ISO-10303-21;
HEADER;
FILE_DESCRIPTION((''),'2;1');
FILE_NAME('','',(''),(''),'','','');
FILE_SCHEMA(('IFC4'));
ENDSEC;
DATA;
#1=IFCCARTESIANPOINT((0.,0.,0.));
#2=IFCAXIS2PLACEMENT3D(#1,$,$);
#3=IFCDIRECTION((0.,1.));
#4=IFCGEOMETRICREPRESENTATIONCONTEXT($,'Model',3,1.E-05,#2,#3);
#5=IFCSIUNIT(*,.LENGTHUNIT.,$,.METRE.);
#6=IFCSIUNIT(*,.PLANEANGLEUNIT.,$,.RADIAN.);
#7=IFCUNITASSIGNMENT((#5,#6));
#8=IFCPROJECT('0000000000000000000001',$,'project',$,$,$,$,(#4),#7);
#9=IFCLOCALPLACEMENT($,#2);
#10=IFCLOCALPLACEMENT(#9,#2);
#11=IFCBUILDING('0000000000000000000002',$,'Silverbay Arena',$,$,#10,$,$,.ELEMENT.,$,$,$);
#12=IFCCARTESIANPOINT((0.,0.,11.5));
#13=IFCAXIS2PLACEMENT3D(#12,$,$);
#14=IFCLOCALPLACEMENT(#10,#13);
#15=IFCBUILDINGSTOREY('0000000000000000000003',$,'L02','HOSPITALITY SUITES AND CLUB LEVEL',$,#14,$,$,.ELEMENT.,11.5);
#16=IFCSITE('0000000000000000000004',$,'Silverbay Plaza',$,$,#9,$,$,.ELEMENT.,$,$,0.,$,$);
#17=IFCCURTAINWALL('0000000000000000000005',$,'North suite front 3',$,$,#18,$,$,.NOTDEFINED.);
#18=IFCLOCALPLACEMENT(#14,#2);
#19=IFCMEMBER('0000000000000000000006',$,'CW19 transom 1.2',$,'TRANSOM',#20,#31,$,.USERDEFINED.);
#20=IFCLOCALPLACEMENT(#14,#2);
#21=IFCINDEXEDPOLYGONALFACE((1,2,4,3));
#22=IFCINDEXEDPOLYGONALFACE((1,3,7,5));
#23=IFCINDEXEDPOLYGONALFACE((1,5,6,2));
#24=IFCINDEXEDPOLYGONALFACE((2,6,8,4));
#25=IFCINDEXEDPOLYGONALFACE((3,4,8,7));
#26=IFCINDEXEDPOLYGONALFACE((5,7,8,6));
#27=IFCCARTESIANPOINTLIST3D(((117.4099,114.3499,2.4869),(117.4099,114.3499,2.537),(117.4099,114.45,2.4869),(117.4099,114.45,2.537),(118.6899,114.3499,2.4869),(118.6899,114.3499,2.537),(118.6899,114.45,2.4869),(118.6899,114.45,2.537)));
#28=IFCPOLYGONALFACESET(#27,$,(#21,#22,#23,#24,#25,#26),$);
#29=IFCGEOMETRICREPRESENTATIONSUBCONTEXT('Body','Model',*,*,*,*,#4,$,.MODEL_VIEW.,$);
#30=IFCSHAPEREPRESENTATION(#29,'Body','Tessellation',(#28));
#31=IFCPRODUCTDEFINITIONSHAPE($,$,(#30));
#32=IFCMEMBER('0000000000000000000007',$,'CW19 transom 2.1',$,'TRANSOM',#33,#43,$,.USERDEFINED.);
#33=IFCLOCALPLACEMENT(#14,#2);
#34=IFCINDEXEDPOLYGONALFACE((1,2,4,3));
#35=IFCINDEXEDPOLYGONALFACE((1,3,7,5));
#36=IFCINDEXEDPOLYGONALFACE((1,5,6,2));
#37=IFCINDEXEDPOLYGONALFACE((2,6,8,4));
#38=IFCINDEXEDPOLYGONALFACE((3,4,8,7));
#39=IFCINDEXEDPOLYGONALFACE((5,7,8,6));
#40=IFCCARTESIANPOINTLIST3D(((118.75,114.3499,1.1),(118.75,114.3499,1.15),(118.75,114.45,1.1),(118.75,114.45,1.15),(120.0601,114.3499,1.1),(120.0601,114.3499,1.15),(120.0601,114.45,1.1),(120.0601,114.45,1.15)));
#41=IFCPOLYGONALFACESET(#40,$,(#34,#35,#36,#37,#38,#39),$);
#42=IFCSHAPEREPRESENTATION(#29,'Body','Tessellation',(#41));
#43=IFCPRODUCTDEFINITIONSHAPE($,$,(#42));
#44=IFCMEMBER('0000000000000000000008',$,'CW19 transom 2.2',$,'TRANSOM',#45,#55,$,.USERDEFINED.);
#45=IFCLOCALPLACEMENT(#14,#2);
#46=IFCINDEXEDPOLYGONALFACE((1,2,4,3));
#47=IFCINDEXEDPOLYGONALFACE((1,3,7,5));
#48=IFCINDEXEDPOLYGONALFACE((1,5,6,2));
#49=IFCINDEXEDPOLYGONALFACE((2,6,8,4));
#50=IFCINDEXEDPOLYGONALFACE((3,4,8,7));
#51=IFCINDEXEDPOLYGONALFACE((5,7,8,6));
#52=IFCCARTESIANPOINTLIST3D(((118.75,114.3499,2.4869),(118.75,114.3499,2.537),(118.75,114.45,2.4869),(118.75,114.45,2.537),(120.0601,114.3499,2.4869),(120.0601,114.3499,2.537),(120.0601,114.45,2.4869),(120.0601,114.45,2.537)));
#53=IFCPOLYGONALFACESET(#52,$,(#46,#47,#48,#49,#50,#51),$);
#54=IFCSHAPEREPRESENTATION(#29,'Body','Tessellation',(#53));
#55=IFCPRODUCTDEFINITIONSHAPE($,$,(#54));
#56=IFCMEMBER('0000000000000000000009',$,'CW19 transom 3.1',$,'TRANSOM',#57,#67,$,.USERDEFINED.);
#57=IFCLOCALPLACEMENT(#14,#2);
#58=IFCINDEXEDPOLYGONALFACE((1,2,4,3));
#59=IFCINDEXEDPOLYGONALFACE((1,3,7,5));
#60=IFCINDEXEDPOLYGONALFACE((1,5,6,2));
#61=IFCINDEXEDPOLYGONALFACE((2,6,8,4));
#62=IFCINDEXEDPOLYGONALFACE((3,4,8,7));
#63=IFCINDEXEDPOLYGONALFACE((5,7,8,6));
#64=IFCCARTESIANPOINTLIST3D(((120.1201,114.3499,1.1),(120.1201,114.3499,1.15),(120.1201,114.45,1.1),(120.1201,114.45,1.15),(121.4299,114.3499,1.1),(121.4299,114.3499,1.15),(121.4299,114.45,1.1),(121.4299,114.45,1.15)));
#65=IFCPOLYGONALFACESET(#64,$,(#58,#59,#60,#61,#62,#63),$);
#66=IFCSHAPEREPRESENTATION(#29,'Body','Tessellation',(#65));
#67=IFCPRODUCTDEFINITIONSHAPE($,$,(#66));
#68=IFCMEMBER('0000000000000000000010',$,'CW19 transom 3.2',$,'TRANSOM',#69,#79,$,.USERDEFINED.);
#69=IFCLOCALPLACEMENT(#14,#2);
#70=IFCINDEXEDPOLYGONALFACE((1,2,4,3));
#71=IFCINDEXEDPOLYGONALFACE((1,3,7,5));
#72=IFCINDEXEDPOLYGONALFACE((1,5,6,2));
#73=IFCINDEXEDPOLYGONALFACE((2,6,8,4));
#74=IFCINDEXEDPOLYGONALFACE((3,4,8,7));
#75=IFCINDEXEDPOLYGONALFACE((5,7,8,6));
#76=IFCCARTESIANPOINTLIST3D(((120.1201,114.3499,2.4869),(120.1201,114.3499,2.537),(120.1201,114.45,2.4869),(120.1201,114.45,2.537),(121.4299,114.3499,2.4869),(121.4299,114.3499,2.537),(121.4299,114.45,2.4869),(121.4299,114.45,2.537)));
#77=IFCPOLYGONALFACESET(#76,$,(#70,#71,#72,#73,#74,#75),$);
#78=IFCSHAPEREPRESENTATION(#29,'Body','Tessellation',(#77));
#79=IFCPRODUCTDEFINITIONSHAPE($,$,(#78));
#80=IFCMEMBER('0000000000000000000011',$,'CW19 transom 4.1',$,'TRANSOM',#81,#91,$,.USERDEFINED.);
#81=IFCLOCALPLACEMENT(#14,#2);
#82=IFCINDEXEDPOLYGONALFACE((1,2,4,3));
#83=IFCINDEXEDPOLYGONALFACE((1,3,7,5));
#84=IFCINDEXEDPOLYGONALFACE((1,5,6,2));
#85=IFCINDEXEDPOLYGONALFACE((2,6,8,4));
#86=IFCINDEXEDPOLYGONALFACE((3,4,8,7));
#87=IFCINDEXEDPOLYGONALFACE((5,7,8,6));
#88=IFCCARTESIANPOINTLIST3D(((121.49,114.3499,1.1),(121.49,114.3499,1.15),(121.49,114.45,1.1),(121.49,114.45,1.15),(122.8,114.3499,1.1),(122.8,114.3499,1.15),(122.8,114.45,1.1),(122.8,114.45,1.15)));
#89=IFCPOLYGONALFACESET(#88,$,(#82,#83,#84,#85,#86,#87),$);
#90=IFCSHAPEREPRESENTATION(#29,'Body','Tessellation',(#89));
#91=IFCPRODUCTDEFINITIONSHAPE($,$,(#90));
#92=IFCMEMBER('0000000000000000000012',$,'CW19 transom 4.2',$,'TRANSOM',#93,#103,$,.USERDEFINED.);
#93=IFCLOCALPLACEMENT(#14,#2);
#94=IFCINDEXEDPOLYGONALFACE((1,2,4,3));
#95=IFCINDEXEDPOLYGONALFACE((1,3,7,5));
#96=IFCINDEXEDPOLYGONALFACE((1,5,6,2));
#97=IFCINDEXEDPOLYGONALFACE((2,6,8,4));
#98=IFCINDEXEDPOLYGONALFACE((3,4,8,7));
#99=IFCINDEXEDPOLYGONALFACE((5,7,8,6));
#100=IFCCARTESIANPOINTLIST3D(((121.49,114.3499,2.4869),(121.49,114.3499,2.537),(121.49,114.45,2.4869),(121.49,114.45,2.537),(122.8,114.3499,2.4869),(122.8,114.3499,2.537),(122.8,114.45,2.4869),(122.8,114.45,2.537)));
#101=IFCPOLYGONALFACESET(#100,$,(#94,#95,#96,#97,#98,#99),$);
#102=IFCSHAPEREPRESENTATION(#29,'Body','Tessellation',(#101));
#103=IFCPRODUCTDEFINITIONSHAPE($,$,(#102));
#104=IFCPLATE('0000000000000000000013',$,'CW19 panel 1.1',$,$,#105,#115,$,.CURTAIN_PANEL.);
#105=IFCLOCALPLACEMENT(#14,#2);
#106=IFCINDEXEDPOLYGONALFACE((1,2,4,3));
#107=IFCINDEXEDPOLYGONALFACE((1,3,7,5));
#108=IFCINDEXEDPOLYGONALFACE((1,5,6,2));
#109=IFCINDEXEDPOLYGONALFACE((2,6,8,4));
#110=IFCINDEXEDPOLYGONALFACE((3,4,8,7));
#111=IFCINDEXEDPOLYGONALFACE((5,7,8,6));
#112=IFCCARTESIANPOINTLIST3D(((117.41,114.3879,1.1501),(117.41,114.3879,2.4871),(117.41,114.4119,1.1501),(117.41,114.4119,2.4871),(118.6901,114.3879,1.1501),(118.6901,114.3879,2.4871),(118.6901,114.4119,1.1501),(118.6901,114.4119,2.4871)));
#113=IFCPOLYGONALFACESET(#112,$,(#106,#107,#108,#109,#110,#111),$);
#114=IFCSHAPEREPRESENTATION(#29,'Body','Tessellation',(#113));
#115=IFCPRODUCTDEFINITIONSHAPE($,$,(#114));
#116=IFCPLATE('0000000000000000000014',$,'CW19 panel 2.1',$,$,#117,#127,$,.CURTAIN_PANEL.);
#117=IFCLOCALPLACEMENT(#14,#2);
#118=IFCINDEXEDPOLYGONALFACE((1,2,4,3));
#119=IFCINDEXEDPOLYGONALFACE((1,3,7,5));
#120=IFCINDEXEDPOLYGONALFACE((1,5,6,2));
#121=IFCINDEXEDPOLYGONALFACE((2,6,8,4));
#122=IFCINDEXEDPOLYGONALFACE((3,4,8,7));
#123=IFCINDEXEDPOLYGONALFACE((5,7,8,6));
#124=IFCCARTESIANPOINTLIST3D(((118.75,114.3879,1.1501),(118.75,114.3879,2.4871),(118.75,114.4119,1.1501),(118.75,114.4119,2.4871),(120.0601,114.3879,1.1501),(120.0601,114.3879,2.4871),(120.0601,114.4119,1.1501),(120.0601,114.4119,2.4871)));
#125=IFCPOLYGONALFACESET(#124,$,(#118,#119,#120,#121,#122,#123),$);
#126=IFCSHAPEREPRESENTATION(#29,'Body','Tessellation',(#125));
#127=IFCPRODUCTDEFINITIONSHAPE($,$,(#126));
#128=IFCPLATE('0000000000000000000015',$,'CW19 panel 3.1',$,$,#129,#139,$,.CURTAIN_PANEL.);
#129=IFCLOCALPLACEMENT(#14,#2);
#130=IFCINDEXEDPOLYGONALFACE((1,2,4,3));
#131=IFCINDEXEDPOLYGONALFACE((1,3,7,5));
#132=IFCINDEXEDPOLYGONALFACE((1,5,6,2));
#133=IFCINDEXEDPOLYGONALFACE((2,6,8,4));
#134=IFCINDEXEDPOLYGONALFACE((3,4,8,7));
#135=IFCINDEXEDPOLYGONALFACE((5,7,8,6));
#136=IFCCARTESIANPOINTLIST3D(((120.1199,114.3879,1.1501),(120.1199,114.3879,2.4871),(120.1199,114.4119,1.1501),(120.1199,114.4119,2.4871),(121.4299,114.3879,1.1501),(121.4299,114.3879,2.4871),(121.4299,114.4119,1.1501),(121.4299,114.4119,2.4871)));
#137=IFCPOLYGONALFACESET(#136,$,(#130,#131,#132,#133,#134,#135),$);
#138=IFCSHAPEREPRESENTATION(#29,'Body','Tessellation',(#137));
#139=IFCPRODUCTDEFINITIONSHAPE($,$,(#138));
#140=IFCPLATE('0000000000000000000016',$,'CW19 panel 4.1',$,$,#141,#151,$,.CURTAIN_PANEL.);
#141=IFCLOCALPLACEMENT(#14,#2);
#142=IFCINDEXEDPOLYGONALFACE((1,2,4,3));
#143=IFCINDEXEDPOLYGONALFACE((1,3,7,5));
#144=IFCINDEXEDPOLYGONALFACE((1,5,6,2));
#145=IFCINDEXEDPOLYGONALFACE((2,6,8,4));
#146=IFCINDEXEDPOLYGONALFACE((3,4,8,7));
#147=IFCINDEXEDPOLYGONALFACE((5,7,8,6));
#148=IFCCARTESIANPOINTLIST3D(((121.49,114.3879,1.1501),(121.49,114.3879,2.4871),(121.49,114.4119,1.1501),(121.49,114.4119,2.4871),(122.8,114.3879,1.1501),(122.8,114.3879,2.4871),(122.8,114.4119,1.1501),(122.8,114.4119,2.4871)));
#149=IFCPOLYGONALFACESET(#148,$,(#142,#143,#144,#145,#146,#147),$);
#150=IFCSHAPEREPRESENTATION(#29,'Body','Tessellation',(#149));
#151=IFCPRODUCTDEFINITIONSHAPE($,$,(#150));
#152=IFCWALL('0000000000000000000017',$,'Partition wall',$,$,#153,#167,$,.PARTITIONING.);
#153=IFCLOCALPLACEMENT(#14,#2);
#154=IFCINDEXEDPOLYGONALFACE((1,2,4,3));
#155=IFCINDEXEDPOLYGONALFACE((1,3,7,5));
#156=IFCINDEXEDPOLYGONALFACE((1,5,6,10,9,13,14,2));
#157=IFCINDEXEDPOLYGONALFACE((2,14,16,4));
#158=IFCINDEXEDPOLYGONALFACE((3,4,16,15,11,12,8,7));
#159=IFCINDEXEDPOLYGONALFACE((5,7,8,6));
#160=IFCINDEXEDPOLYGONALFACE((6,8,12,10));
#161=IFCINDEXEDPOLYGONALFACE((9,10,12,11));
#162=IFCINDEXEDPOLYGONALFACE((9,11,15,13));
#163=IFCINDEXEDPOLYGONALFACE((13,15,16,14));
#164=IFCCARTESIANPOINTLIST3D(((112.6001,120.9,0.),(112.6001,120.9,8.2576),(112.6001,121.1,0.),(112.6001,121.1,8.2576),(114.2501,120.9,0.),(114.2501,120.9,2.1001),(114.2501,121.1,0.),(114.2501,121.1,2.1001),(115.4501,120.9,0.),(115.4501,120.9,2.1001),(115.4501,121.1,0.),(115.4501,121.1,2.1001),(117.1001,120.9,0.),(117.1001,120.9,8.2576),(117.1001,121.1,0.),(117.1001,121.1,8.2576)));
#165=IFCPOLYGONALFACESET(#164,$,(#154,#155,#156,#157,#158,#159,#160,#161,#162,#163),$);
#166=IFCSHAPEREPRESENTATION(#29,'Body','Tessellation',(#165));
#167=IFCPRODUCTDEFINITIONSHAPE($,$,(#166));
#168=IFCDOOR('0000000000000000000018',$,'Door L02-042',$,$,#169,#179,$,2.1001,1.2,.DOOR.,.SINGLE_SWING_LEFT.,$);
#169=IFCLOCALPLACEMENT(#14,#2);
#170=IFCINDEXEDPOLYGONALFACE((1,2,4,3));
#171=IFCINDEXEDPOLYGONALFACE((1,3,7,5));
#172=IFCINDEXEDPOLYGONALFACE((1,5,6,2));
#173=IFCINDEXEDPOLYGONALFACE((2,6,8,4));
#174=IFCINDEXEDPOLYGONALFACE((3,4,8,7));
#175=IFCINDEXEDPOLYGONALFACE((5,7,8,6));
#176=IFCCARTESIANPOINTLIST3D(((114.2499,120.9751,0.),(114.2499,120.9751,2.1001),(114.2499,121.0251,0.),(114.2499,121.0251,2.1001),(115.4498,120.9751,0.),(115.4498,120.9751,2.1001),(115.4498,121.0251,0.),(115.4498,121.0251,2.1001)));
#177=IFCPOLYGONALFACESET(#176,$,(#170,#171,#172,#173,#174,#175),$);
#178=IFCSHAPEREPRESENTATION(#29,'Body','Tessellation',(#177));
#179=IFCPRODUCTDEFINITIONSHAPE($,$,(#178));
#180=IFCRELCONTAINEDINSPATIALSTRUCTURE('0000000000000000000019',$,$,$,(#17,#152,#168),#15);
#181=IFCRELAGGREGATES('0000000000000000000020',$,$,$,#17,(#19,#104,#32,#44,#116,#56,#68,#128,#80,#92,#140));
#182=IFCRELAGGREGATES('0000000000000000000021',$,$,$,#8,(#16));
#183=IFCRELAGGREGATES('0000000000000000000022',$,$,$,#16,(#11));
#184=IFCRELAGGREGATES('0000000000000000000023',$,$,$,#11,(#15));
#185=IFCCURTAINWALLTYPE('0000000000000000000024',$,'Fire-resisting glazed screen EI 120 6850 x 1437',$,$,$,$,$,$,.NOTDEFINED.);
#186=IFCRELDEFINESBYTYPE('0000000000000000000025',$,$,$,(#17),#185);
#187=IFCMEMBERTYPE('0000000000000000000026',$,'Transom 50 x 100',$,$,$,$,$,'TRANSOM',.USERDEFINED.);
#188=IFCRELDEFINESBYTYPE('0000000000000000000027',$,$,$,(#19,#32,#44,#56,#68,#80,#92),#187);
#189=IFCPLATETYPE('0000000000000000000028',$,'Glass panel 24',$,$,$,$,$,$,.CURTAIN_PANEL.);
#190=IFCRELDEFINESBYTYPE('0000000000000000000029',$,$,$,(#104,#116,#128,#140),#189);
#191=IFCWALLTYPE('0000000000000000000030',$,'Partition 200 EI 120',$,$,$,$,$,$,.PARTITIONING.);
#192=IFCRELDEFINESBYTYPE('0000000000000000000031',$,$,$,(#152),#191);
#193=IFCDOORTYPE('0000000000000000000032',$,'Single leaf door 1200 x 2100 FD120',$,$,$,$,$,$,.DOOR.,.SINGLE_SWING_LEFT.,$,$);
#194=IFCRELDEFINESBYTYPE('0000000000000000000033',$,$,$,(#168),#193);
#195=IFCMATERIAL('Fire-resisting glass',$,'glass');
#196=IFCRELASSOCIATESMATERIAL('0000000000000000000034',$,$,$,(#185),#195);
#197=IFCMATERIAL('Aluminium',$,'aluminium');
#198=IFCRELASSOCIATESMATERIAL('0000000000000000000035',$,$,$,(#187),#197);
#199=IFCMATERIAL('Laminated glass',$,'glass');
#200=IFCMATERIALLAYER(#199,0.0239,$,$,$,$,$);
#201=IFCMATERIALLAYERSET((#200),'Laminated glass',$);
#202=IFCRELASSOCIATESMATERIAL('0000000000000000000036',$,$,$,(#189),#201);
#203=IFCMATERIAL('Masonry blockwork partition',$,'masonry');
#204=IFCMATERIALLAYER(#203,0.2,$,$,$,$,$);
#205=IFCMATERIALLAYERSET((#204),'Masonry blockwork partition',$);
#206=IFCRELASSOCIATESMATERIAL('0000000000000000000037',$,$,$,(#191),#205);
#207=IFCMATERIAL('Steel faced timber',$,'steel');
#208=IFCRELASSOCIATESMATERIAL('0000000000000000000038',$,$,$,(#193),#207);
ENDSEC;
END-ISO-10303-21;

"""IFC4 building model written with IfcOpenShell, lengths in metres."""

from ifc_helpers import new_model, si_unit, direction, frame, frame_2d, origin, origin_2d, place, context, subcontext, project, spatial, rectangle, extrude, material, layer, layer_set, material_profile, profile_set, type_object, element, fill, aggregate, save


model = new_model("IFC4")

# Units and contexts
model_context = context("Model", 3, precision=1e-05, world=origin(), true_north=direction((0.0, 1.0)))
body_context = subcontext(model_context, "Body", "Model", "MODEL_VIEW")
ifc_project = project(units=[si_unit("LENGTHUNIT", "METRE"), si_unit("PLANEANGLEUNIT", "RADIAN")], contexts=[model_context])

# Site, building, storey
site_placement = place(None, origin())
site = spatial("IfcSite", under=ifc_project, at=site_placement, Name="Silverbay Plaza", CompositionType="ELEMENT", RefElevation=0.0)
building_placement = place(site_placement, origin())
building = spatial("IfcBuilding", under=site, at=building_placement, Name="Silverbay Arena", CompositionType="ELEMENT")
storey_placement = place(building_placement, frame((0.0, 0.0, 11.5)))
storey = spatial("IfcBuildingStorey", under=building, at=storey_placement, Name="L02", Description="HOSPITALITY SUITES AND CLUB LEVEL", CompositionType="ELEMENT", Elevation=11.5)

# Curtain wall
ifc_material_1 = material(Name="Fire-resisting glass", Category="glass")
curtain_wall_type = type_object("IfcCurtainWallType", Name="Fire-resisting glazed screen EI 120 6850 x 1437", PredefinedType="NOTDEFINED", material=ifc_material_1)
curtain_wall_placement = place(storey_placement, origin())
curtain_wall = element("IfcCurtainWall", 1, at=curtain_wall_placement, inside=storey, type_object=curtain_wall_type, Name="North suite front 3", PredefinedType="NOTDEFINED")

# Members
ifc_material_2 = material(Name="Aluminium", Category="aluminium")
ifc_material_profile_1 = material_profile(ifc_material_2, rectangle(XDim=0.1001, YDim=0.05, at=origin_2d()), Name="Transom 50 x 100")
ifc_profile_set_1 = profile_set([ifc_material_profile_1], Name="Aluminium")
member_type_1 = type_object("IfcMemberType", Name="Transom 50 x 100", ElementType="TRANSOM", PredefinedType="USERDEFINED", material=ifc_profile_set_1)
member_1_placement = place(storey_placement, frame((117.4099, 114.3999, 2.512), z_axis=(1.0, 0.0, 0.0), x_axis=(0.0, 1.0, 0.0)))
member_1 = element("IfcMember", 2, at=member_1_placement, type_object=member_type_1, Name="CW19 transom 1.2", ObjectType="TRANSOM", PredefinedType="USERDEFINED", context=body_context, shape_type="SweptSolid", body=[
    extrude(rectangle(XDim=0.1001, YDim=0.05, at=origin_2d()), origin(), (0.0, 0.0, 1.0), 1.28),
])
member_2_placement = place(storey_placement, frame((118.75, 114.3999, 1.125), z_axis=(1.0, 0.0, 0.0), x_axis=(0.0, 1.0, 0.0)))
member_2 = element("IfcMember", 3, at=member_2_placement, type_object=member_type_1, Name="CW19 transom 2.1", ObjectType="TRANSOM", PredefinedType="USERDEFINED", context=body_context, shape_type="SweptSolid", body=[
    extrude(rectangle(XDim=0.1001, YDim=0.05, at=origin_2d()), origin(), (0.0, 0.0, 1.0), 1.3101),
])
member_3_placement = place(storey_placement, frame((118.75, 114.3999, 2.512), z_axis=(1.0, 0.0, 0.0), x_axis=(0.0, 1.0, 0.0)))
member_3 = element("IfcMember", 4, at=member_3_placement, type_object=member_type_1, Name="CW19 transom 2.2", ObjectType="TRANSOM", PredefinedType="USERDEFINED", context=body_context, shape_type="SweptSolid", body=[
    extrude(rectangle(XDim=0.1001, YDim=0.05, at=origin_2d()), origin(), (0.0, 0.0, 1.0), 1.3101),
])
member_4_placement = place(storey_placement, frame((120.1201, 114.3999, 1.125), z_axis=(1.0, 0.0, 0.0), x_axis=(0.0, 1.0, 0.0)))
member_4 = element("IfcMember", 5, at=member_4_placement, type_object=member_type_1, Name="CW19 transom 3.1", ObjectType="TRANSOM", PredefinedType="USERDEFINED", context=body_context, shape_type="SweptSolid", body=[
    extrude(rectangle(XDim=0.1001, YDim=0.05, at=origin_2d()), origin(), (0.0, 0.0, 1.0), 1.3098),
])
member_5_placement = place(storey_placement, frame((120.1201, 114.3999, 2.512), z_axis=(1.0, 0.0, 0.0), x_axis=(0.0, 1.0, 0.0)))
member_5 = element("IfcMember", 6, at=member_5_placement, type_object=member_type_1, Name="CW19 transom 3.2", ObjectType="TRANSOM", PredefinedType="USERDEFINED", context=body_context, shape_type="SweptSolid", body=[
    extrude(rectangle(XDim=0.1001, YDim=0.05, at=origin_2d()), origin(), (0.0, 0.0, 1.0), 1.3098),
])
member_6_placement = place(storey_placement, frame((121.49, 114.3999, 1.125), z_axis=(1.0, 0.0, 0.0), x_axis=(0.0, 1.0, 0.0)))
member_6 = element("IfcMember", 7, at=member_6_placement, type_object=member_type_1, Name="CW19 transom 4.1", ObjectType="TRANSOM", PredefinedType="USERDEFINED", context=body_context, shape_type="SweptSolid", body=[
    extrude(rectangle(XDim=0.1001, YDim=0.05, at=origin_2d()), origin(), (0.0, 0.0, 1.0), 1.3101),
])
member_7_placement = place(storey_placement, frame((121.49, 114.3999, 2.512), z_axis=(1.0, 0.0, 0.0), x_axis=(0.0, 1.0, 0.0)))
member_7 = element("IfcMember", 8, at=member_7_placement, type_object=member_type_1, Name="CW19 transom 4.2", ObjectType="TRANSOM", PredefinedType="USERDEFINED", context=body_context, shape_type="SweptSolid", body=[
    extrude(rectangle(XDim=0.1001, YDim=0.05, at=origin_2d()), origin(), (0.0, 0.0, 1.0), 1.3101),
])

# Plates
ifc_material_3 = material(Name="Laminated glass", Category="glass")
ifc_layer_1 = layer(ifc_material_3, 0.0239)
ifc_layer_set_1 = layer_set([ifc_layer_1], Name="Laminated glass")
plate_type = type_object("IfcPlateType", Name="Glass panel 24", PredefinedType="CURTAIN_PANEL", material=ifc_layer_set_1)
plate_1_placement = place(storey_placement, frame((118.05, 114.3999, 1.1501), z_axis=(0.0, 0.0, 1.0), x_axis=(1.0, 0.0, 0.0)))
plate_1 = element("IfcPlate", 9, at=plate_1_placement, type_object=plate_type, Name="CW19 panel 1.1", PredefinedType="CURTAIN_PANEL", context=body_context, shape_type="SweptSolid", body=[
    extrude(rectangle(XDim=1.28, YDim=0.0239, at=origin_2d()), origin(), (0.0, 0.0, 1.0), 1.3369),
])
plate_2_placement = place(storey_placement, frame((119.405, 114.3999, 1.1501), z_axis=(0.0, 0.0, 1.0), x_axis=(1.0, 0.0, 0.0)))
plate_2 = element("IfcPlate", 10, at=plate_2_placement, type_object=plate_type, Name="CW19 panel 2.1", PredefinedType="CURTAIN_PANEL", context=body_context, shape_type="SweptSolid", body=[
    extrude(rectangle(XDim=1.3101, YDim=0.0239, at=origin_2d()), origin(), (0.0, 0.0, 1.0), 1.3369),
])
plate_3_placement = place(storey_placement, frame((120.7749, 114.3999, 1.1501), z_axis=(0.0, 0.0, 1.0), x_axis=(1.0, 0.0, 0.0)))
plate_3 = element("IfcPlate", 11, at=plate_3_placement, type_object=plate_type, Name="CW19 panel 3.1", PredefinedType="CURTAIN_PANEL", context=body_context, shape_type="SweptSolid", body=[
    extrude(rectangle(XDim=1.3101, YDim=0.0239, at=origin_2d()), origin(), (0.0, 0.0, 1.0), 1.3369),
])
plate_4_placement = place(storey_placement, frame((122.145, 114.3999, 1.1501), z_axis=(0.0, 0.0, 1.0), x_axis=(1.0, 0.0, 0.0)))
plate_4 = element("IfcPlate", 12, at=plate_4_placement, type_object=plate_type, Name="CW19 panel 4.1", PredefinedType="CURTAIN_PANEL", context=body_context, shape_type="SweptSolid", body=[
    extrude(rectangle(XDim=1.3101, YDim=0.0239, at=origin_2d()), origin(), (0.0, 0.0, 1.0), 1.3369),
])
aggregate(curtain_wall, [member_1, plate_1, member_2, member_3, plate_2, member_4, member_5, plate_3, member_6, member_7, plate_4])

# Wall, opening, door
ifc_material_4 = material(Name="Masonry blockwork partition", Category="masonry")
ifc_layer_2 = layer(ifc_material_4, 0.2)
ifc_layer_set_2 = layer_set([ifc_layer_2], Name="Masonry blockwork partition")
wall_type_1 = type_object("IfcWallType", Name="Partition 200 EI 120", PredefinedType="PARTITIONING", material=ifc_layer_set_2)
wall_1_placement = place(storey_placement, frame((112.6001, 121.0, 0.0), z_axis=(0.0, 0.0, 1.0), x_axis=(1.0, 0.0, 0.0)))
wall_1 = element("IfcWall", 13, at=wall_1_placement, inside=storey, type_object=wall_type_1, Name="Partition wall", PredefinedType="PARTITIONING", context=body_context, shape_type="SweptSolid", body=[
    extrude(rectangle(XDim=4.5, YDim=0.2, at=frame_2d((2.25, 0.0))), origin(), (0.0, 0.0, 1.0), 8.2576),
])
opening_1_placement = place(wall_1_placement, frame((1.6499, 0.0, 0.0)))
opening_1 = element("IfcOpeningElement", 14, at=opening_1_placement, cuts=wall_1, PredefinedType="OPENING", context=body_context, shape_type="SweptSolid", body=[
    extrude(rectangle(XDim=1.2, YDim=2.1001, at=frame_2d((0.6001, 1.05))), frame((0.0, 0.1099, 0.0), z_axis=(0.0, -1.0, 0.0), x_axis=(1.0, 0.0, 0.0)), (0.0, 0.0, 1.0), 0.22),
])
ifc_material_5 = material(Name="Steel faced timber", Category="steel")
door_type = type_object("IfcDoorType", Name="Single leaf door 1200 x 2100 FD120", OperationType="SINGLE_SWING_LEFT", PredefinedType="DOOR", material=ifc_material_5)
door_1_placement = place(opening_1_placement, frame((1.2, 0.0, 0.0), z_axis=(0.0, 0.0, 1.0), x_axis=(-1.0, 0.0, 0.0)))
door_1 = element("IfcDoor", 15, at=door_1_placement, inside=storey, type_object=door_type, Name="Door L02-042", OperationType="SINGLE_SWING_LEFT", OverallHeight=2.1001, OverallWidth=1.2, PredefinedType="DOOR", context=body_context, shape_type="SweptSolid", body=[
    extrude(rectangle(XDim=1.2, YDim=2.1001, at=frame_2d((0.6001, 1.05))), frame((0.0, 0.0249, 0.0), z_axis=(0.0, -1.0, 0.0), x_axis=(1.0, 0.0, 0.0)), (0.0, 0.0, 1.0), 0.05),
])
fill(opening_1, door_1)

save(model, "model.ifc")
